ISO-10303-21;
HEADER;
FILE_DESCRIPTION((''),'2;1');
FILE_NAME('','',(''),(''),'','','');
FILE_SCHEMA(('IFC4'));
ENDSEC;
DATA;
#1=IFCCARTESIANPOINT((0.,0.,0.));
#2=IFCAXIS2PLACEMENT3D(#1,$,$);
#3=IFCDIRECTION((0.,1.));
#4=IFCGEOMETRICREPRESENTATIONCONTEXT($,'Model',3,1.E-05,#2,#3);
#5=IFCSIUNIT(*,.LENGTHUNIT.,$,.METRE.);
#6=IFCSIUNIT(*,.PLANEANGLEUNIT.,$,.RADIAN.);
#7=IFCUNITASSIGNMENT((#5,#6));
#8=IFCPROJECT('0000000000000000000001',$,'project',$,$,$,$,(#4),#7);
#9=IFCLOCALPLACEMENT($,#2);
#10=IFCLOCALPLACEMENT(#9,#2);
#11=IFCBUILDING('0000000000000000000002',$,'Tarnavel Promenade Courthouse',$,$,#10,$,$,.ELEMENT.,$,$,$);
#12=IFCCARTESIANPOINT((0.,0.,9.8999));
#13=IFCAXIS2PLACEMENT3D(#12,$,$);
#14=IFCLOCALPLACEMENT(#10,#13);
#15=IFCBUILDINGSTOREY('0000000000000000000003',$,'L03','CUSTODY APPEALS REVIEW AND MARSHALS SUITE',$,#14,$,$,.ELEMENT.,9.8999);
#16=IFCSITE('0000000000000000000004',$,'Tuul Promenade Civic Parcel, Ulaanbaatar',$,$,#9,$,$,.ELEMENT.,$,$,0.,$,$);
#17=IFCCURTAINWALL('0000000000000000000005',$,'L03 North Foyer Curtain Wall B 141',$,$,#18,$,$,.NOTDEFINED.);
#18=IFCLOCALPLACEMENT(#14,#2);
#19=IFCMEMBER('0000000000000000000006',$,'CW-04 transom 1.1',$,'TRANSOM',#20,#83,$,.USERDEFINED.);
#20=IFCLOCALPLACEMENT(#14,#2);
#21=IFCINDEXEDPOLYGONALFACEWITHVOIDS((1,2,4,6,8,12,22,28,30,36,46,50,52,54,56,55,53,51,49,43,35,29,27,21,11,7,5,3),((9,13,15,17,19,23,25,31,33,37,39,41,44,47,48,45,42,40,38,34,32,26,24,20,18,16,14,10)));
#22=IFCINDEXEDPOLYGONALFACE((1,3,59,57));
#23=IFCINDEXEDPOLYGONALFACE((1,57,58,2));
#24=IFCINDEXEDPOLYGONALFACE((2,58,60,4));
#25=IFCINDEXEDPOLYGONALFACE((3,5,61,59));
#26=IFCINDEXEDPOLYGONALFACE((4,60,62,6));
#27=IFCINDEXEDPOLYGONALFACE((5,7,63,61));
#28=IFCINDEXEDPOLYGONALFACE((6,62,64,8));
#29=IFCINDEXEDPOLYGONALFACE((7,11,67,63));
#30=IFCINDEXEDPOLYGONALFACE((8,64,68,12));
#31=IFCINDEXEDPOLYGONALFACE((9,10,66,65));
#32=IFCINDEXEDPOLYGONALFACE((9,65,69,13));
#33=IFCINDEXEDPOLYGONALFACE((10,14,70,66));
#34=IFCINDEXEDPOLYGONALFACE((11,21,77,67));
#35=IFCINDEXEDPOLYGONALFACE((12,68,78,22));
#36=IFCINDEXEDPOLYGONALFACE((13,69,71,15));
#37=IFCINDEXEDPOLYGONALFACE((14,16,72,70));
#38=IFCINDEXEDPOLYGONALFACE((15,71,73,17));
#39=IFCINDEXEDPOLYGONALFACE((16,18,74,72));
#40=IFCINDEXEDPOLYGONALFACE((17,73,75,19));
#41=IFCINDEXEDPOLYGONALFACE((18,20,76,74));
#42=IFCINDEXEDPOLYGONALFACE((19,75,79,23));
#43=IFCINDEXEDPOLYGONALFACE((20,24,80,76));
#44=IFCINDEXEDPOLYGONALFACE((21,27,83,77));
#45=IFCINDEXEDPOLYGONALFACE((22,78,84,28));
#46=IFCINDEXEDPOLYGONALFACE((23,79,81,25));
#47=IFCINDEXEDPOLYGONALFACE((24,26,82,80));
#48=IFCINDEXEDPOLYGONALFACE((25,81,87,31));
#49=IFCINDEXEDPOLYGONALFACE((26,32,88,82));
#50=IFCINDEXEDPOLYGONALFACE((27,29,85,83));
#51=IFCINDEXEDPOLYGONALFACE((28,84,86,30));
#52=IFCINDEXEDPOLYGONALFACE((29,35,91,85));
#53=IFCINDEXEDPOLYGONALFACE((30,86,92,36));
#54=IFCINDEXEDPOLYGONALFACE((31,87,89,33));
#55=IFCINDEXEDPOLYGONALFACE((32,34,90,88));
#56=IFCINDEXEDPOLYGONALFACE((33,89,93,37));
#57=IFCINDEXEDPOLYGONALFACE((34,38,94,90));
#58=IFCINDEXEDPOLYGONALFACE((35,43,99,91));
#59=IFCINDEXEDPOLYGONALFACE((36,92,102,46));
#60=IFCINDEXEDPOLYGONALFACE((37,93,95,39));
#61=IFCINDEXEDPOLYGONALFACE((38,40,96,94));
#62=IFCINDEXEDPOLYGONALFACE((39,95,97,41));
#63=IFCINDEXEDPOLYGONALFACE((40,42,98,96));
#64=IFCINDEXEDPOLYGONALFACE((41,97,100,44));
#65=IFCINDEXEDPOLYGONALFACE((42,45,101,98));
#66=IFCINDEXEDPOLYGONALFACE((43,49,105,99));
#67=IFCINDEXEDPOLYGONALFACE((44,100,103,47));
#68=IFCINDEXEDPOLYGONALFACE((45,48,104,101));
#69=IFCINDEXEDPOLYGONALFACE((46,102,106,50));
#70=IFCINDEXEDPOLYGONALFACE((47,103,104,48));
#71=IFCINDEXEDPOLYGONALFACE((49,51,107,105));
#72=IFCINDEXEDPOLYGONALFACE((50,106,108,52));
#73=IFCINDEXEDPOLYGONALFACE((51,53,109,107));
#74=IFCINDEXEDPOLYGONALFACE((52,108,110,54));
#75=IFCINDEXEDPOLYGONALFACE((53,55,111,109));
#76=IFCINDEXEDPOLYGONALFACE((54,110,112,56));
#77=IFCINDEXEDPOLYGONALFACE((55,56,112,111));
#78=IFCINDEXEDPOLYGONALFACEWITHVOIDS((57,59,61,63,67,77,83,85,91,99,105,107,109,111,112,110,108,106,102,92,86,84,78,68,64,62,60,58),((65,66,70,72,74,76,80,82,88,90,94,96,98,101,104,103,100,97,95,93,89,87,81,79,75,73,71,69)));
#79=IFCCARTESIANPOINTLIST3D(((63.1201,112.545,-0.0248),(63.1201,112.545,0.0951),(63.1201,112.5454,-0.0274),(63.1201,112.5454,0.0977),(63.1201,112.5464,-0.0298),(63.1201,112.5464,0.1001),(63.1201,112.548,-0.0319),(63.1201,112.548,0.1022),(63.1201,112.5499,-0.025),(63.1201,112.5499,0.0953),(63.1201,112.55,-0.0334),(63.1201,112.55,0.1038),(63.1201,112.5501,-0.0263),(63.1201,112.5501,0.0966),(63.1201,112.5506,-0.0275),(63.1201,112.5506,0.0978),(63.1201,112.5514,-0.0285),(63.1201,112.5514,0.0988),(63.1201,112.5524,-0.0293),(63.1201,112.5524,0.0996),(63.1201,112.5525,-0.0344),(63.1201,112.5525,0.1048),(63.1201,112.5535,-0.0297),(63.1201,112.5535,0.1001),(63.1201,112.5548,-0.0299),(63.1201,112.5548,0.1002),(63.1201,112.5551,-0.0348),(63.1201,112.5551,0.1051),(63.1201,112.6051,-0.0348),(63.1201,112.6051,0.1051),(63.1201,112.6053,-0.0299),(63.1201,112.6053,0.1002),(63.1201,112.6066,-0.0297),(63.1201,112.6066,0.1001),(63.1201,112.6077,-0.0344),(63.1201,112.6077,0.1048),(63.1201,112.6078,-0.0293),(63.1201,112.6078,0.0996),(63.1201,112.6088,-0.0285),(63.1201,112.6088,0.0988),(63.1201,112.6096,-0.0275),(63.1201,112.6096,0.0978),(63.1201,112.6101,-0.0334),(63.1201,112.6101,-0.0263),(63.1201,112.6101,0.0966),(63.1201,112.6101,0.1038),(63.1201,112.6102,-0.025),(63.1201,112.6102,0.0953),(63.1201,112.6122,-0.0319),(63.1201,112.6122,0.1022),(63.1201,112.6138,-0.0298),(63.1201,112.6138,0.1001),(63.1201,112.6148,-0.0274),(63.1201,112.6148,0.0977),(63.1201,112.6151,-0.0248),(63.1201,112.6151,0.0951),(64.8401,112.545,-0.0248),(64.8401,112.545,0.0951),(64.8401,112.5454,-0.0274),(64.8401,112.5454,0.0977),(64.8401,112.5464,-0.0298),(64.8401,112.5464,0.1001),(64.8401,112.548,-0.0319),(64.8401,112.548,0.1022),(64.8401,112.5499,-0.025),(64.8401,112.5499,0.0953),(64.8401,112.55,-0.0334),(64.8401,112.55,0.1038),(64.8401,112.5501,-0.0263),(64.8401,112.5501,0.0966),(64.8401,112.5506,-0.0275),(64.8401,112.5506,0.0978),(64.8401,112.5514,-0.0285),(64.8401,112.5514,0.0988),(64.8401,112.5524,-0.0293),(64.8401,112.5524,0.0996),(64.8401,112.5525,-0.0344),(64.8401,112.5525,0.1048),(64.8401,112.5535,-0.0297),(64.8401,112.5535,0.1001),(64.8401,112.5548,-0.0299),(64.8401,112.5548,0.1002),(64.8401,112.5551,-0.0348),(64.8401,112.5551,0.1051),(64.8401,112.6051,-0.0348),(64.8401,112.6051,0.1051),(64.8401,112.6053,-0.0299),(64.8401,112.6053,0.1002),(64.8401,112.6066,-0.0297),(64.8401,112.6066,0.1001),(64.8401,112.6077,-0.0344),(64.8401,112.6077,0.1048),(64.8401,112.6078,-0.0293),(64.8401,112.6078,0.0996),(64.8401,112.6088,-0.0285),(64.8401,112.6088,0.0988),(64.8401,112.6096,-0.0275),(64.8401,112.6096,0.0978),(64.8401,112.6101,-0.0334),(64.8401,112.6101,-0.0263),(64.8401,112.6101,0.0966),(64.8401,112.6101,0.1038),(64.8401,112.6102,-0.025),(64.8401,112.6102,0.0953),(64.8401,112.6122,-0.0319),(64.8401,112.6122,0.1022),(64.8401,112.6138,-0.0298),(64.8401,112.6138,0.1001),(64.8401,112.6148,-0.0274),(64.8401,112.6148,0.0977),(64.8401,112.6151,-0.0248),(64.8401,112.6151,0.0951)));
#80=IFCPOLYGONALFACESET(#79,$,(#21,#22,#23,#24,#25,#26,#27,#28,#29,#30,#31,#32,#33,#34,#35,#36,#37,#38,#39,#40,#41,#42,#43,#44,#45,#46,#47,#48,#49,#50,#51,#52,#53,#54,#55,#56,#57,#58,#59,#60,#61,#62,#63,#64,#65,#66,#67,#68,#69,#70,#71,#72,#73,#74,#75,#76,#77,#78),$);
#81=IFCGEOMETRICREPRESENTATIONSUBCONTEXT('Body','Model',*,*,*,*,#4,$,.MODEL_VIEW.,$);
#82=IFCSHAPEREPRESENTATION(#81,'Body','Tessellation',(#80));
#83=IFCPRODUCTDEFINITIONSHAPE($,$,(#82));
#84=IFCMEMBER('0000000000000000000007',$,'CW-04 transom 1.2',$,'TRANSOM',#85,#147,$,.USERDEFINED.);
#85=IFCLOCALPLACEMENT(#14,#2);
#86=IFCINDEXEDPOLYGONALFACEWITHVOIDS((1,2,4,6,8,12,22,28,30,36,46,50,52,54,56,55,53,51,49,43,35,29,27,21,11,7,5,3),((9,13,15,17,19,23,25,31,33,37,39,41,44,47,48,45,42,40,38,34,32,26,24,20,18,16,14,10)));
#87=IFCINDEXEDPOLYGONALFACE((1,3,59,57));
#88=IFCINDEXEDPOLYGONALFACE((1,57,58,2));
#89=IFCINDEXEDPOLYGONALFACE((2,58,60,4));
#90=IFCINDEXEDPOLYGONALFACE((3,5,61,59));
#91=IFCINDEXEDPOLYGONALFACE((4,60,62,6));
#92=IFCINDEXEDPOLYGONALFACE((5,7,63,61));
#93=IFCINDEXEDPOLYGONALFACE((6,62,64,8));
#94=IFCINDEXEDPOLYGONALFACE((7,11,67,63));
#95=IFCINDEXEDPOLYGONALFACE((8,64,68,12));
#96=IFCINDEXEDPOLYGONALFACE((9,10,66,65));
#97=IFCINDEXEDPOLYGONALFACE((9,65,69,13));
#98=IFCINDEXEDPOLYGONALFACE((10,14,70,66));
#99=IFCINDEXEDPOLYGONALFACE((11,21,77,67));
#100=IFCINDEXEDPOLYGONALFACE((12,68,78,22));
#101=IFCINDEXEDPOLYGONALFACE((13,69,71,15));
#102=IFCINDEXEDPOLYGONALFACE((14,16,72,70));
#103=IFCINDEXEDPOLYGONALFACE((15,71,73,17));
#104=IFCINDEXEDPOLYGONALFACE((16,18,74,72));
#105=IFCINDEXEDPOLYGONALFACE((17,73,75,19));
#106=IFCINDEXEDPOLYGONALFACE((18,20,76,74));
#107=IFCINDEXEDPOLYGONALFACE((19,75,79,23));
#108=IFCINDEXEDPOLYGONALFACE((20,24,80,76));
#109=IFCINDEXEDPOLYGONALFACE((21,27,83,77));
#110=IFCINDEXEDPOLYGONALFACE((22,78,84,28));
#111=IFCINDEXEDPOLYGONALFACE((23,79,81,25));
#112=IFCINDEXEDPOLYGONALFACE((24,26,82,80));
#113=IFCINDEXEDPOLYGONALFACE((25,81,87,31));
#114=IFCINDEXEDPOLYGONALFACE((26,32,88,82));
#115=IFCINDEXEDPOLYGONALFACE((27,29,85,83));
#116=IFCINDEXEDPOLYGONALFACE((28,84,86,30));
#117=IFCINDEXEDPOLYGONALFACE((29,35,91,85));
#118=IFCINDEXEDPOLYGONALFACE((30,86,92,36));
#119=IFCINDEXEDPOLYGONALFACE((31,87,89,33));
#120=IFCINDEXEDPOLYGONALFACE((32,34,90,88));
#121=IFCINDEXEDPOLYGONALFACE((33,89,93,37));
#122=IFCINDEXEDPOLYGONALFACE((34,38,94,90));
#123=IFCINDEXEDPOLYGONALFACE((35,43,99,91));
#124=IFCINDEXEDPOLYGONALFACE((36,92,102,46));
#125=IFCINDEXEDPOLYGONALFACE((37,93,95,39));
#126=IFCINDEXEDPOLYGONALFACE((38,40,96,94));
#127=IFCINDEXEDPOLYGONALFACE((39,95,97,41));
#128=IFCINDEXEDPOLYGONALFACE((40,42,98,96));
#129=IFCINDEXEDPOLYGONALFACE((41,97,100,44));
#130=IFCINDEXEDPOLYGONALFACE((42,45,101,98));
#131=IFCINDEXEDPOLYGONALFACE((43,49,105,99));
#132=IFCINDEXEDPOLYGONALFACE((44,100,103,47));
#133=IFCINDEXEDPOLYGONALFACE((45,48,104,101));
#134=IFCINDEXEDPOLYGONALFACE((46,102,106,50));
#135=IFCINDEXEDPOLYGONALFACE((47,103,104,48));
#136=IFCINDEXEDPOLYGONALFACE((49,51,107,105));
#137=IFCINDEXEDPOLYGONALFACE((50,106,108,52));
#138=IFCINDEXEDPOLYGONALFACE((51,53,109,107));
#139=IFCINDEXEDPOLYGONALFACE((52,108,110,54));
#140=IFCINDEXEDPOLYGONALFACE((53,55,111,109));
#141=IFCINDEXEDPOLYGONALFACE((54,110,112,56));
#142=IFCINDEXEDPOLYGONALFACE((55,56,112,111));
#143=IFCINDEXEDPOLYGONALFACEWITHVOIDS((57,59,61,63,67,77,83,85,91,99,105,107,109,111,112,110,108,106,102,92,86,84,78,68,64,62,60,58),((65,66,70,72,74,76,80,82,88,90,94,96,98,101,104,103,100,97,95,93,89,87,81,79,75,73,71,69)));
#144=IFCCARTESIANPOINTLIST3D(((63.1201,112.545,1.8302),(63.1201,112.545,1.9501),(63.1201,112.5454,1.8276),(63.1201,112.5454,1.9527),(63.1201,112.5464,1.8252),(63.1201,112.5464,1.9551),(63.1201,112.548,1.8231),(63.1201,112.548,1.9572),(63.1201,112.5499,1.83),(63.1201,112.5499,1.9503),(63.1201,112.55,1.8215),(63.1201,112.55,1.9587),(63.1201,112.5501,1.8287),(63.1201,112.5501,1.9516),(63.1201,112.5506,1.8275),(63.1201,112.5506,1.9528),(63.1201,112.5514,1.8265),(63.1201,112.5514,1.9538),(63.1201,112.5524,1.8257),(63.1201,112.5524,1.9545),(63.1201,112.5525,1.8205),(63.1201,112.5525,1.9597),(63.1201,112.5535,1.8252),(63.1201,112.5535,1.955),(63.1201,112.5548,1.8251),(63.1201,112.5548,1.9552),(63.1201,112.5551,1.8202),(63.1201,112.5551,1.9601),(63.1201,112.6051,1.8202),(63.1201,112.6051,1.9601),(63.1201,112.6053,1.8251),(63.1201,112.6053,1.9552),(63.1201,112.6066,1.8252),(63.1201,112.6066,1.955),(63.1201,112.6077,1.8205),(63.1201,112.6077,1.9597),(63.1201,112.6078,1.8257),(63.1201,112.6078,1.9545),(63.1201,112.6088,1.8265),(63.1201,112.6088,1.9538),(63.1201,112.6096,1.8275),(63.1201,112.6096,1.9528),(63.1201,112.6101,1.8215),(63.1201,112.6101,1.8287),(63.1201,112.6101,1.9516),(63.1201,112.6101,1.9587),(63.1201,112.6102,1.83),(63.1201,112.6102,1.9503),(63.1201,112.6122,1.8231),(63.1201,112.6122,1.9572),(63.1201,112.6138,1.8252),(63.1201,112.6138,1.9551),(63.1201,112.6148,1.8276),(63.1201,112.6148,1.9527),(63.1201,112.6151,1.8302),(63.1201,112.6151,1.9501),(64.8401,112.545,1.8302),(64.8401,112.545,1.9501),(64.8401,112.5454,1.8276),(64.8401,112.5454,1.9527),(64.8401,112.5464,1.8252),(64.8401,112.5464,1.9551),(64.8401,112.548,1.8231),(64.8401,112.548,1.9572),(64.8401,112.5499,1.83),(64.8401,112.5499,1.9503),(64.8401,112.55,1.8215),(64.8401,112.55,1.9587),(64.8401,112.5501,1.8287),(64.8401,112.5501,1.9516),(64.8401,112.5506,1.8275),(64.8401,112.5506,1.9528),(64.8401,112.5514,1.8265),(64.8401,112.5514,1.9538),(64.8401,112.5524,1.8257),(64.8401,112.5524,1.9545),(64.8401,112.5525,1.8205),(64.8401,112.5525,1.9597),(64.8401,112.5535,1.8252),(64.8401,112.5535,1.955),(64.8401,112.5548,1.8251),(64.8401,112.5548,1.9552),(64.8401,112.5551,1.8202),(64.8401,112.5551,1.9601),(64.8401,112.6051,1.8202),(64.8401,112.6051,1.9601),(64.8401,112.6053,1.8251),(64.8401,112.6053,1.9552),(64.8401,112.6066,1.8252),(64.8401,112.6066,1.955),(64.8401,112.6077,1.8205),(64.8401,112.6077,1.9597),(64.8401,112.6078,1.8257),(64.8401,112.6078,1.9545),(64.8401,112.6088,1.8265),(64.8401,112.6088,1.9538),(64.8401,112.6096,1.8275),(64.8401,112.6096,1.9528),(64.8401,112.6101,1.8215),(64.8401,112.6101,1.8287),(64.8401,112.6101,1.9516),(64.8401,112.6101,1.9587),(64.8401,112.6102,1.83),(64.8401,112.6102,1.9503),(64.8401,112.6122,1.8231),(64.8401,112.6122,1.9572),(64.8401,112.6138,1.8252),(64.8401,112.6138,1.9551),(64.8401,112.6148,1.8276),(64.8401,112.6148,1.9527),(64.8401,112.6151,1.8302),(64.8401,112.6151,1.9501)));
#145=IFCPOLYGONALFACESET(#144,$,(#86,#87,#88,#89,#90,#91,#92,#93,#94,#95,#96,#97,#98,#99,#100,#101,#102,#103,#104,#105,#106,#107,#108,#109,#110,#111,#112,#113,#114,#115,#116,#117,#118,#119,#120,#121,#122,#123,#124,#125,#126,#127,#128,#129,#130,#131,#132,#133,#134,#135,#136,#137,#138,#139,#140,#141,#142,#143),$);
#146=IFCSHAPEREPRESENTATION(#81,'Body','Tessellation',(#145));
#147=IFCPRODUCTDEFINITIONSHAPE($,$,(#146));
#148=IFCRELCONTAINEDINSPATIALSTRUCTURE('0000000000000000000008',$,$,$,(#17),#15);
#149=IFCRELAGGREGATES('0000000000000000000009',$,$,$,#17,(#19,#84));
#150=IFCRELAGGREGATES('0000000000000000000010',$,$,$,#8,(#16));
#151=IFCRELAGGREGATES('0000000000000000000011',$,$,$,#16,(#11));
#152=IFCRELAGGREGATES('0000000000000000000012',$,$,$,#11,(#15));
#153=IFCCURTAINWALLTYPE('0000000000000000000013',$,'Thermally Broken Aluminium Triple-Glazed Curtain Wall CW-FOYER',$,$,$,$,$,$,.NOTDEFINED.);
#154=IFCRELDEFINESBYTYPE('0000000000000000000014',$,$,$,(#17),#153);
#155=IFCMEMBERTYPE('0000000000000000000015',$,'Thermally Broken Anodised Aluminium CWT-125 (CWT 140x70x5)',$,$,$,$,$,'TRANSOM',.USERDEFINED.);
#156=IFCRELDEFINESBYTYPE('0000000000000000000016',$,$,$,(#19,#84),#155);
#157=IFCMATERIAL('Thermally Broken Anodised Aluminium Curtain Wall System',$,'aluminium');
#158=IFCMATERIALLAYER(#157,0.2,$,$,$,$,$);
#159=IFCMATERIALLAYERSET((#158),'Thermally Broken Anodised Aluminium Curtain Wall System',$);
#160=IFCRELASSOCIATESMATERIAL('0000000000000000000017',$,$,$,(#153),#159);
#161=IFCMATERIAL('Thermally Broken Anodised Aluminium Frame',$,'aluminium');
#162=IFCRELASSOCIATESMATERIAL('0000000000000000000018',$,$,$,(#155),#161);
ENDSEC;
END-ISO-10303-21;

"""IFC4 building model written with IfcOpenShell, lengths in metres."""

from ifc_helpers import new_model, si_unit, direction, frame, origin, origin_2d, place, context, subcontext, project, spatial, hollow_rectangle, extrude, material, layer, layer_set, material_profile, profile_set, type_object, element, aggregate, save


model = new_model("IFC4")

# Units and contexts
model_context = context("Model", 3, precision=1e-05, world=origin(), true_north=direction((0.0, 1.0)))
body_context = subcontext(model_context, "Body", "Model", "MODEL_VIEW")
ifc_project = project(units=[si_unit("LENGTHUNIT", "METRE"), si_unit("PLANEANGLEUNIT", "RADIAN")], contexts=[model_context])

# Site, building, storey
site_placement = place(None, origin())
site = spatial("IfcSite", under=ifc_project, at=site_placement, Name="Tuul Promenade Civic Parcel, Ulaanbaatar", CompositionType="ELEMENT", RefElevation=0.0)
building_placement = place(site_placement, origin())
building = spatial("IfcBuilding", under=site, at=building_placement, Name="Tarnavel Promenade Courthouse", CompositionType="ELEMENT")
storey_placement = place(building_placement, frame((0.0, 0.0, 9.8999)))
storey = spatial("IfcBuildingStorey", under=building, at=storey_placement, Name="L03", Description="CUSTODY APPEALS REVIEW AND MARSHALS SUITE", CompositionType="ELEMENT", Elevation=9.8999)

# Curtain wall
ifc_material_1 = material(Name="Thermally Broken Anodised Aluminium Curtain Wall System", Category="aluminium")
ifc_layer_1 = layer(ifc_material_1, 0.2)
ifc_layer_set_1 = layer_set([ifc_layer_1], Name="Thermally Broken Anodised Aluminium Curtain Wall System")
curtain_wall_type = type_object("IfcCurtainWallType", Name="Thermally Broken Aluminium Triple-Glazed Curtain Wall CW-FOYER", PredefinedType="NOTDEFINED", material=ifc_layer_set_1)
ifc_material_2 = material(Name="Thermally Broken Anodised Aluminium Frame", Category="aluminium")
curtain_wall_1_placement = place(storey_placement, origin())
curtain_wall_1 = element("IfcCurtainWall", 1, at=curtain_wall_1_placement, inside=storey, type_object=curtain_wall_type, Name="L03 North Foyer Curtain Wall B 141", PredefinedType="NOTDEFINED")

# Members
ifc_material_profile_1 = material_profile(ifc_material_2, hollow_rectangle(XDim=0.0701, YDim=0.1399, WallThickness=0.0049, InnerFilletRadius=0.0049, OuterFilletRadius=0.01, at=origin_2d()), Name="CWT 140x70x5")
ifc_profile_set_1 = profile_set([ifc_material_profile_1], Name="Thermally Broken Anodised Aluminium Frame")
member_type_1 = type_object("IfcMemberType", Name="Thermally Broken Anodised Aluminium CWT-125 (CWT 140x70x5)", ElementType="TRANSOM", PredefinedType="USERDEFINED", material=ifc_profile_set_1)
member_1_placement = place(storey_placement, frame((63.1201, 112.5801, 0.0352), z_axis=(1.0, 0.0, 0.0), x_axis=(0.0, 1.0, 0.0)))
member_1 = element("IfcMember", 2, at=member_1_placement, type_object=member_type_1, Name="CW-04 transom 1.1", ObjectType="TRANSOM", PredefinedType="USERDEFINED", context=body_context, shape_type="SweptSolid", body=[
    extrude(hollow_rectangle(XDim=0.0701, YDim=0.1399, WallThickness=0.0049, InnerFilletRadius=0.0049, OuterFilletRadius=0.01, at=origin_2d()), origin(), (0.0, 0.0, 1.0), 1.72),
])
member_2_placement = place(storey_placement, frame((63.1201, 112.5801, 1.8901), z_axis=(1.0, 0.0, 0.0), x_axis=(0.0, 1.0, 0.0)))
member_2 = element("IfcMember", 3, at=member_2_placement, type_object=member_type_1, Name="CW-04 transom 1.2", ObjectType="TRANSOM", PredefinedType="USERDEFINED", context=body_context, shape_type="SweptSolid", body=[
    extrude(hollow_rectangle(XDim=0.0701, YDim=0.1399, WallThickness=0.0049, InnerFilletRadius=0.0049, OuterFilletRadius=0.01, at=origin_2d()), origin(), (0.0, 0.0, 1.0), 1.72),
])

aggregate(curtain_wall_1, [member_1, member_2])

save(model, "model.ifc")
